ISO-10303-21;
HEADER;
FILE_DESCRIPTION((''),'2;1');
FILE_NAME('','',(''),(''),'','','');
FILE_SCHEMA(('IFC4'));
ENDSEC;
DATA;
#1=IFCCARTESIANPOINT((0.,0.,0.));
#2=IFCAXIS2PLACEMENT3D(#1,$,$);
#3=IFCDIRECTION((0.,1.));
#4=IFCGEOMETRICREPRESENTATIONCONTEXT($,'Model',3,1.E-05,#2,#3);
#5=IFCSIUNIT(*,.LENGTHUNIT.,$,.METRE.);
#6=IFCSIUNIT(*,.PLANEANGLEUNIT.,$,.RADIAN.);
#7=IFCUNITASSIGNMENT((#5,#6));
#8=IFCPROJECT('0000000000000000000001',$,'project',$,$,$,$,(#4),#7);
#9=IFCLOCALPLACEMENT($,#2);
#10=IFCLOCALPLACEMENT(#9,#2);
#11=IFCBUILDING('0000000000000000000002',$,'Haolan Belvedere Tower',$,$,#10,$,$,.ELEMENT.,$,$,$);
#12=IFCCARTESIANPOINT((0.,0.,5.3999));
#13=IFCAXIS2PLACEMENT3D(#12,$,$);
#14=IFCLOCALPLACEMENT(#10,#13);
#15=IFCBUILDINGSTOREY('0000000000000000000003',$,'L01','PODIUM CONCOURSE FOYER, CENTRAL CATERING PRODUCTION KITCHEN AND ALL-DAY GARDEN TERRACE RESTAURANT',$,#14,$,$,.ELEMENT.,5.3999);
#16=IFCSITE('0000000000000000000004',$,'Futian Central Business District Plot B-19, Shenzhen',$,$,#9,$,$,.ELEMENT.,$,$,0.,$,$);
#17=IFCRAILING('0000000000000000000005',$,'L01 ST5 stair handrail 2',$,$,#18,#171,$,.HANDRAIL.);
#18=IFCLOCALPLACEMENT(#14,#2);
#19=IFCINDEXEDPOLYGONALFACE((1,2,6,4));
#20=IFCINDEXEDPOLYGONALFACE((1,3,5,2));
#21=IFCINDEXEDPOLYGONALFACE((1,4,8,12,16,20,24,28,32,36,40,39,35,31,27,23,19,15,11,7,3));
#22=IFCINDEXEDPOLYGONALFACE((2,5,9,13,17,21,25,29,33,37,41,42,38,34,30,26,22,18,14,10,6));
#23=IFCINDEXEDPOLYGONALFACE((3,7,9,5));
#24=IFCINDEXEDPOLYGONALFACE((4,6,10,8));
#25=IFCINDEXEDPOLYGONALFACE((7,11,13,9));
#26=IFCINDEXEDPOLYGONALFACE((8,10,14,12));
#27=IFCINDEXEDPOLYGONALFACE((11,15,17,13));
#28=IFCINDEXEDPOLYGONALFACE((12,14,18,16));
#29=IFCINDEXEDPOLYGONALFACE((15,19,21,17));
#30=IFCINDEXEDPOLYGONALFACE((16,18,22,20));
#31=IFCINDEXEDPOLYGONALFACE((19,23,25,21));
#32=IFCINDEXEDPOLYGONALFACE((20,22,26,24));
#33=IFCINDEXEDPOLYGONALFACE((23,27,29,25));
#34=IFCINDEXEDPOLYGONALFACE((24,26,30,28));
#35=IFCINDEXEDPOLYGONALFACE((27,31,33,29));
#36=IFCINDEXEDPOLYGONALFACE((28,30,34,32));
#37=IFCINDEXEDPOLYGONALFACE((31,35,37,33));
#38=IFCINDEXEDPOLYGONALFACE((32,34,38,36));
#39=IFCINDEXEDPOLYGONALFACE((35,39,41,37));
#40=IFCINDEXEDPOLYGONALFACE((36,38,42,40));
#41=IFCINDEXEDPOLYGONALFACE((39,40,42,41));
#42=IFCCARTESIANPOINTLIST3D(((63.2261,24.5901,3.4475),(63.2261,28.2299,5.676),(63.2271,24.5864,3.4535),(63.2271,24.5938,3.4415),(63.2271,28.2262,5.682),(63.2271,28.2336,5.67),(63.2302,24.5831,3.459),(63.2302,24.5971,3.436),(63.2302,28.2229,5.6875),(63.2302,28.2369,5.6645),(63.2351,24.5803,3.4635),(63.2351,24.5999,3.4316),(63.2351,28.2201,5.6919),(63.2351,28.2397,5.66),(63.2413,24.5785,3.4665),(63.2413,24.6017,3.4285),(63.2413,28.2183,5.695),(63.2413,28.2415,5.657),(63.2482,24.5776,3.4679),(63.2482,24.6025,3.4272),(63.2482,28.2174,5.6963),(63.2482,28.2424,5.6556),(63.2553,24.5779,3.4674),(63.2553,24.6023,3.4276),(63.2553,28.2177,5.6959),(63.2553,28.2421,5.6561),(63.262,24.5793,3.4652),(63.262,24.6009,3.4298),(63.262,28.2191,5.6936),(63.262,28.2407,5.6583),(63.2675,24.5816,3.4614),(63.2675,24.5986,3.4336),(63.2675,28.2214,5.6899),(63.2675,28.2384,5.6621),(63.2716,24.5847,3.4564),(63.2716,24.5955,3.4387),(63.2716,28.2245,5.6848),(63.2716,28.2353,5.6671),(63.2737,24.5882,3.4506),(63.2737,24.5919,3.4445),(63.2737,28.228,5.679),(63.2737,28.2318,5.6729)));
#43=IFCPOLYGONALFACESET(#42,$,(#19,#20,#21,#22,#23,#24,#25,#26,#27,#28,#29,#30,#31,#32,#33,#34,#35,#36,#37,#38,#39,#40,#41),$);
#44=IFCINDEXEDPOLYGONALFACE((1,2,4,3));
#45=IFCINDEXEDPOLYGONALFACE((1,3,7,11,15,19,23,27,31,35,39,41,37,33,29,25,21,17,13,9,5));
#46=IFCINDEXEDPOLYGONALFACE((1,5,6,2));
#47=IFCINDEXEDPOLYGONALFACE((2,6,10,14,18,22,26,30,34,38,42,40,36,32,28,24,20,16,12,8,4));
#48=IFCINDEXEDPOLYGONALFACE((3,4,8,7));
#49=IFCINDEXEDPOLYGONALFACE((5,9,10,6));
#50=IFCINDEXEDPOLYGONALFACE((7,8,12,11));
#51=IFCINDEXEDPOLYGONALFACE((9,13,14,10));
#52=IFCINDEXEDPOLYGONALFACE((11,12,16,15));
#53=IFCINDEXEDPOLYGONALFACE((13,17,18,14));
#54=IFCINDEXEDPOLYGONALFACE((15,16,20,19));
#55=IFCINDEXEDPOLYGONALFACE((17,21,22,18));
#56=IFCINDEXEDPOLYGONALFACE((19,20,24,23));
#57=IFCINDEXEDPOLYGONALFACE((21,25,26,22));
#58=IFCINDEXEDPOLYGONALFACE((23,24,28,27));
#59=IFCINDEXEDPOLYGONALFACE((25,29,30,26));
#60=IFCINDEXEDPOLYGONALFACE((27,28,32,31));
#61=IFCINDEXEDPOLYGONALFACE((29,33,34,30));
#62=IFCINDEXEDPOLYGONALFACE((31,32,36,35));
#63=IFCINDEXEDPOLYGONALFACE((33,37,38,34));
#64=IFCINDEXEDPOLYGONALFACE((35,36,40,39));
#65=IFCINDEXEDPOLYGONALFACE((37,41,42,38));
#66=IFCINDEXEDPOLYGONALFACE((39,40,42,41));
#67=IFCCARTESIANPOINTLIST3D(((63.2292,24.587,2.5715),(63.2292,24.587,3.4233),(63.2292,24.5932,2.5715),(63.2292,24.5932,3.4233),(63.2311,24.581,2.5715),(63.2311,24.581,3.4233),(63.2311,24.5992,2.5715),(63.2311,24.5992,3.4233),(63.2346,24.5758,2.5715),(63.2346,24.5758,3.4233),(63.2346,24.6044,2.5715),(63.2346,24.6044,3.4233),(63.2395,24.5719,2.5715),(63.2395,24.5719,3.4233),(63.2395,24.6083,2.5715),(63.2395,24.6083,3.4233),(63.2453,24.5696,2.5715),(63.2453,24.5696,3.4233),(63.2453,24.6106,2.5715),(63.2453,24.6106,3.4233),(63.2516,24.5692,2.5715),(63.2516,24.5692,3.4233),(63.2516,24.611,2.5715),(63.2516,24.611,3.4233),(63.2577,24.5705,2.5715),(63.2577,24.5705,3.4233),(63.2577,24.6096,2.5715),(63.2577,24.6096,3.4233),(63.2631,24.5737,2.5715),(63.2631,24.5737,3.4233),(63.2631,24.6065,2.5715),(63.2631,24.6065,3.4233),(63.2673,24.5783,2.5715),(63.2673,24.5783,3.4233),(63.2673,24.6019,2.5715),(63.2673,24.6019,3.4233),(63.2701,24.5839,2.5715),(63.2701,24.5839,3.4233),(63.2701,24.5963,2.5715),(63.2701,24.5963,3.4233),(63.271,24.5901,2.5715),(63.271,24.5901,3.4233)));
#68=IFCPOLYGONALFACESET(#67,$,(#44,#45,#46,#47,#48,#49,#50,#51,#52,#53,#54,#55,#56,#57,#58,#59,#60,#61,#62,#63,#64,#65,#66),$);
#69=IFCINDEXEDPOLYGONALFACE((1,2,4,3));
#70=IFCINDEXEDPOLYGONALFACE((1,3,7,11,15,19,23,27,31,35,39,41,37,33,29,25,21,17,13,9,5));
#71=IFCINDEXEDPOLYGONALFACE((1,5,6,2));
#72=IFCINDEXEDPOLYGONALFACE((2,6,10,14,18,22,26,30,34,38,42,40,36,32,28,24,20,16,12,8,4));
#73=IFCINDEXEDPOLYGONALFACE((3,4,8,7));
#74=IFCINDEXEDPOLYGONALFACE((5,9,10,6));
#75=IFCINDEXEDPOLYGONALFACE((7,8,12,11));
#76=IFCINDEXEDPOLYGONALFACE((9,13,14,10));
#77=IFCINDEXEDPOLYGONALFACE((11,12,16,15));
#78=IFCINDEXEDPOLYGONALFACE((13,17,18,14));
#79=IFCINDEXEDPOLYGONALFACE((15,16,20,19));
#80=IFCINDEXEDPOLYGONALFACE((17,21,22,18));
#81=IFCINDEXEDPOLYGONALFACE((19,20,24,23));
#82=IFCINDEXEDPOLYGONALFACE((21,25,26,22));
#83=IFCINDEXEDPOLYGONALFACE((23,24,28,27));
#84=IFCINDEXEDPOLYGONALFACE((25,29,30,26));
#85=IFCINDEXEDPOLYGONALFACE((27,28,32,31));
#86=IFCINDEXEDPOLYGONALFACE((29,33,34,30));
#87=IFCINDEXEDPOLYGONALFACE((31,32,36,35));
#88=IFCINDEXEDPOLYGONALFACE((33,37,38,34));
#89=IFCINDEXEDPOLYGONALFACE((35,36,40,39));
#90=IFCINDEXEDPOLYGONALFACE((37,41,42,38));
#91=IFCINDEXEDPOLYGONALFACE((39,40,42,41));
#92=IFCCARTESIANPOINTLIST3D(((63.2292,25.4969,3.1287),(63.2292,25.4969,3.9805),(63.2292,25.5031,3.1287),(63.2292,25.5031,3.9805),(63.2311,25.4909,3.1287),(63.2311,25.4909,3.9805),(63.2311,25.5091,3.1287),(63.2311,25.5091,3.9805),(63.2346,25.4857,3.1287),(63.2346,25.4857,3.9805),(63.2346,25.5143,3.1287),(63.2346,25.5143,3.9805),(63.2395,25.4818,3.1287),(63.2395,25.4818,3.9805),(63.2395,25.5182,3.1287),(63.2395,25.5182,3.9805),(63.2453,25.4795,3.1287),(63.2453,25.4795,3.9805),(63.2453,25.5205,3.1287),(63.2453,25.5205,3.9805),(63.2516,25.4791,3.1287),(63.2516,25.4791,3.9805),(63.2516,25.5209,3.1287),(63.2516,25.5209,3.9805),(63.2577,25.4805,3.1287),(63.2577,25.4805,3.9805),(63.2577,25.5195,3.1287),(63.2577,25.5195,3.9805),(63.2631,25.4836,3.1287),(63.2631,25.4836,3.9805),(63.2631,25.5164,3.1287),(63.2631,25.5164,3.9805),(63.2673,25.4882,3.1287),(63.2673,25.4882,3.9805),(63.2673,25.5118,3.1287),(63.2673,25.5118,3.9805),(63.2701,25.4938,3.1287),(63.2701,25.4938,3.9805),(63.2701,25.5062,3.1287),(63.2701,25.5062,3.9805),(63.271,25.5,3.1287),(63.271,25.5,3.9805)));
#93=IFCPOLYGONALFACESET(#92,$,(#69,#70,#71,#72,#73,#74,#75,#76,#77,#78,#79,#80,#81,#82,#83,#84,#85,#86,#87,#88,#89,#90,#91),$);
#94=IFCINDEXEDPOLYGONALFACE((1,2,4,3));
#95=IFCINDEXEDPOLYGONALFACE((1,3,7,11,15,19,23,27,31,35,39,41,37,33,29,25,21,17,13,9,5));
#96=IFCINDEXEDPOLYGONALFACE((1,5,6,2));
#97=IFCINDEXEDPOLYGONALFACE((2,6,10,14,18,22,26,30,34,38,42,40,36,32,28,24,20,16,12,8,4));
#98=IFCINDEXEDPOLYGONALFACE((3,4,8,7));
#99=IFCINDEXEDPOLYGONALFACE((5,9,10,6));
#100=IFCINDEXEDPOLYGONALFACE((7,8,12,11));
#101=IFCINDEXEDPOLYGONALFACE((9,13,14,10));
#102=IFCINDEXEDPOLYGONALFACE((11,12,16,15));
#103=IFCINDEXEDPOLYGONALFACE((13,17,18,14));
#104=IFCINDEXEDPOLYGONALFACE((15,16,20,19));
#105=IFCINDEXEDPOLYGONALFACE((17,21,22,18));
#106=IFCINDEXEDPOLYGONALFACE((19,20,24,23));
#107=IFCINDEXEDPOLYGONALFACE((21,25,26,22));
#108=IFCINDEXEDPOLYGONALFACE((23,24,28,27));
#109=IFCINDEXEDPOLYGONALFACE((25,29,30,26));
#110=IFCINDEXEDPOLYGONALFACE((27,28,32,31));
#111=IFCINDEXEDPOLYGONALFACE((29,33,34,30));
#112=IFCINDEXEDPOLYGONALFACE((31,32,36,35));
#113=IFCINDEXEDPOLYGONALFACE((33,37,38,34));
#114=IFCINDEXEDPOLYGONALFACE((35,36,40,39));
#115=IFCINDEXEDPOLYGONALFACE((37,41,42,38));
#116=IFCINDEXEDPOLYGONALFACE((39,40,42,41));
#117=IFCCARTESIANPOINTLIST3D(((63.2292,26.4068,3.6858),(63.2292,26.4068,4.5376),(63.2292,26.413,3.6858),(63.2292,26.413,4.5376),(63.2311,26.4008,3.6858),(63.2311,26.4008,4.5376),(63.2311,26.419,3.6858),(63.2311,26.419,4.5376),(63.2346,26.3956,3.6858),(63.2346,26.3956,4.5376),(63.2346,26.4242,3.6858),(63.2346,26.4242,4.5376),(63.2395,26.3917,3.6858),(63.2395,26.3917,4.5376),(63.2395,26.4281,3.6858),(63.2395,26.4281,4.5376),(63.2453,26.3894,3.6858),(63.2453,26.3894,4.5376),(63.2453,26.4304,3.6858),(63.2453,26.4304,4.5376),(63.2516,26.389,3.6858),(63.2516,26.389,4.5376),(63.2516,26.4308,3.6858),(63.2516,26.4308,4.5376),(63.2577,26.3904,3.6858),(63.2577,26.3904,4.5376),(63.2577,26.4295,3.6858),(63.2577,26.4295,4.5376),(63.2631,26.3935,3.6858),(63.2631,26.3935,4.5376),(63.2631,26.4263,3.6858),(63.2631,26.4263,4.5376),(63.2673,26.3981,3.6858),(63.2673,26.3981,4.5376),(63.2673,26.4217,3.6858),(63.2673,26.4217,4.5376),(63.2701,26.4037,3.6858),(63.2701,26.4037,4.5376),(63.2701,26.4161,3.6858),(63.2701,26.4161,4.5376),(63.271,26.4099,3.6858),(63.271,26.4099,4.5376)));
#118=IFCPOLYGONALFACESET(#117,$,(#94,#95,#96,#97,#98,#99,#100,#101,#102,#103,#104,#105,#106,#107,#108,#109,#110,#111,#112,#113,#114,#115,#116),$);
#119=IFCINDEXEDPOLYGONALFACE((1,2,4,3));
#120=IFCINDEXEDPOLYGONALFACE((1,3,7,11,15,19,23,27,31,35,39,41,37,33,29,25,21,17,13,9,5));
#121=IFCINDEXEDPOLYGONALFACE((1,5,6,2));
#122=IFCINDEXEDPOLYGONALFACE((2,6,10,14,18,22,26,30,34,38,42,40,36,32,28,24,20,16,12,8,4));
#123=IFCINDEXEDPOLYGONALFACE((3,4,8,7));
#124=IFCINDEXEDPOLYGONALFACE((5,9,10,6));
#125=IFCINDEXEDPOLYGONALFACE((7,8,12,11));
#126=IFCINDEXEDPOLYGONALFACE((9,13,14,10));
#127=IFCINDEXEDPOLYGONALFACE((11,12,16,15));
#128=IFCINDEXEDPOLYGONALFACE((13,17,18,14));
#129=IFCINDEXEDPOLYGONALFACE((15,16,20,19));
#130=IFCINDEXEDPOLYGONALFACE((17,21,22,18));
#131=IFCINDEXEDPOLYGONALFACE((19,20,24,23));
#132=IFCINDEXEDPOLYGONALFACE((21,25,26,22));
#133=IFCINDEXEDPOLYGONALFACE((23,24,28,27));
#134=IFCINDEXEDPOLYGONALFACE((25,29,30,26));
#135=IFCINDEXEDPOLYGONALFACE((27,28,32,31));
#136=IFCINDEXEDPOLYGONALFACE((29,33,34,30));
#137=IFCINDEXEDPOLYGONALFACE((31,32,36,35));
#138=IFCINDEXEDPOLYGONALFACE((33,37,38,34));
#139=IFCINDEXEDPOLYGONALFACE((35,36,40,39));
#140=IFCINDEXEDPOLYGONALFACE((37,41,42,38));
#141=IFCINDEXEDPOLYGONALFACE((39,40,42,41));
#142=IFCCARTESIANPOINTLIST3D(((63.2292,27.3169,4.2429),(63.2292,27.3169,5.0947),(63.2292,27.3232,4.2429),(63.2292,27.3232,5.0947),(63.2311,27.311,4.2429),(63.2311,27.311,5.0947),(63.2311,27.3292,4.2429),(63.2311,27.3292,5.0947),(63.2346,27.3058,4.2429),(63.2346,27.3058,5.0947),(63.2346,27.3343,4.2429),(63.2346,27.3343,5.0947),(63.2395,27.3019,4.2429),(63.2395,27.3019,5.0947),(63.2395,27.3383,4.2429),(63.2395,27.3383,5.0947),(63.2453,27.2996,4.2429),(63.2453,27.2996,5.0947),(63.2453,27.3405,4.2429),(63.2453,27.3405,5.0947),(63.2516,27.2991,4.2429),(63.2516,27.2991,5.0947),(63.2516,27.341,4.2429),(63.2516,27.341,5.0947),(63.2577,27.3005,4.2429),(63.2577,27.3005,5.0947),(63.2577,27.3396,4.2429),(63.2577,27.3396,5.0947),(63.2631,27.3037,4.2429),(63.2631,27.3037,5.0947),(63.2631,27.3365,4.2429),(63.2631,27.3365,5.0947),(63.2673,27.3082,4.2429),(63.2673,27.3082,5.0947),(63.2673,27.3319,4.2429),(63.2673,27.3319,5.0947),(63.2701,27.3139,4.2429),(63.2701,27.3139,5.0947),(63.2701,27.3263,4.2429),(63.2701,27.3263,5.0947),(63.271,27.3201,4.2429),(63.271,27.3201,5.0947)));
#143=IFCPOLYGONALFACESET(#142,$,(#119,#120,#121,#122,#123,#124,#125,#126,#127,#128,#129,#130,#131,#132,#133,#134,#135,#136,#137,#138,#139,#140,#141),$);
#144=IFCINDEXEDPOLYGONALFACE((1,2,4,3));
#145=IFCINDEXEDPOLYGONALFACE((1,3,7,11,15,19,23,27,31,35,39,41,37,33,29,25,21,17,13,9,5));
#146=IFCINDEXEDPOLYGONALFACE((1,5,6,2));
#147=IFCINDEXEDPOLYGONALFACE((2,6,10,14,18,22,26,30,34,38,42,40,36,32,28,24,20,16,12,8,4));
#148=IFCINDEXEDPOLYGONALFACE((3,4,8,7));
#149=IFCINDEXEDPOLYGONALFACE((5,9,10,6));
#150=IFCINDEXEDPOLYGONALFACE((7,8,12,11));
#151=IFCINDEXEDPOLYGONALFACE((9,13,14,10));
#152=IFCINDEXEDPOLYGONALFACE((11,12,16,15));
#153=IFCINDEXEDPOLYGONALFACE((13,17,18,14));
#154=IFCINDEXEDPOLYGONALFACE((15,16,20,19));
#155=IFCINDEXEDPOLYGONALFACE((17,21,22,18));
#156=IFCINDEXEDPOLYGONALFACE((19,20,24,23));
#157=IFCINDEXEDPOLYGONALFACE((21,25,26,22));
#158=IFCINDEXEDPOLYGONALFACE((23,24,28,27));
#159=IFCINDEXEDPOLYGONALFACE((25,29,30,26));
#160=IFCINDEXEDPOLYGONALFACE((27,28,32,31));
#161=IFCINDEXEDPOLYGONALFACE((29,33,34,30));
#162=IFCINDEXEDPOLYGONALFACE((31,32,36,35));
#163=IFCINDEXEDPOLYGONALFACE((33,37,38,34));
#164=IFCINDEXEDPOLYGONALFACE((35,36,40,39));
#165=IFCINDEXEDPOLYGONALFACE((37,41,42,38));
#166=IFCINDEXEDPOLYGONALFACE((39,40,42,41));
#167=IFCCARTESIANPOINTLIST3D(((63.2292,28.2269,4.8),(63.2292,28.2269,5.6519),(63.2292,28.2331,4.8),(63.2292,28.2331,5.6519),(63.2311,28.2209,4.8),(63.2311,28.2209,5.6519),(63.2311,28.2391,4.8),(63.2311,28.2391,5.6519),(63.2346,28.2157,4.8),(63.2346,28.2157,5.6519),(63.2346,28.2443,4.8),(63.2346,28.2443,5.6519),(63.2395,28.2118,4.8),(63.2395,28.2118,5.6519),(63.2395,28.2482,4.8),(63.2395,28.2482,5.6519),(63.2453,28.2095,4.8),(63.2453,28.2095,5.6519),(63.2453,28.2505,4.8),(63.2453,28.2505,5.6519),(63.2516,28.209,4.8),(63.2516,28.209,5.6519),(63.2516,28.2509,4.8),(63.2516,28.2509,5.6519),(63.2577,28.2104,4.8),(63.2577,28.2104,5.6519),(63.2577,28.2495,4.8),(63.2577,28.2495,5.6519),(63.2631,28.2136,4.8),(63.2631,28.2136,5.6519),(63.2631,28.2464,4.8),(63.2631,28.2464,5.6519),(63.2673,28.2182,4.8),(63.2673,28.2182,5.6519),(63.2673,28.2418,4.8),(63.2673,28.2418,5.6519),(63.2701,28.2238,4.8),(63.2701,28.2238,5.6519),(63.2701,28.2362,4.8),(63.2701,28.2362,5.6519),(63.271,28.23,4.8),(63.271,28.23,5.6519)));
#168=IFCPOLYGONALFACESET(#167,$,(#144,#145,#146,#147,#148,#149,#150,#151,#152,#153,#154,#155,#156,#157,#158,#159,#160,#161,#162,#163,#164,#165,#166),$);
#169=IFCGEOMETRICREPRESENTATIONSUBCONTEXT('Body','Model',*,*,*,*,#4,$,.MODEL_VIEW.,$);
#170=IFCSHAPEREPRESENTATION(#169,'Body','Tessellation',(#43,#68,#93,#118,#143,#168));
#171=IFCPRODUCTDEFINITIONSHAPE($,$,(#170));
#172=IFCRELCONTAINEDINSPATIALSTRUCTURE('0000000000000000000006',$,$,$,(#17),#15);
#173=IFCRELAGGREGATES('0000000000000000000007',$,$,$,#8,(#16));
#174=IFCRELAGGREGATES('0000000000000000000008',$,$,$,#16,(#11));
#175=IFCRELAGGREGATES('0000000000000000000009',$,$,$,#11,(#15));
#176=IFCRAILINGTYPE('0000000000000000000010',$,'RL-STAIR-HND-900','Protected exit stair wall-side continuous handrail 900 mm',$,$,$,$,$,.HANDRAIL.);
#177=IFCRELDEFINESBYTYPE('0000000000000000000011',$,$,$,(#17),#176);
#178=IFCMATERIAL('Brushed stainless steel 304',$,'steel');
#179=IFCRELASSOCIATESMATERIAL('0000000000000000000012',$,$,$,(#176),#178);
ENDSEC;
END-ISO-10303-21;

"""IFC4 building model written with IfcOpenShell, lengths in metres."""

from ifc_helpers import new_model, si_unit, direction, frame, origin, origin_2d, place, context, subcontext, project, spatial, circle, extrude, material, type_object, element, save


model = new_model("IFC4")

# Units and contexts
model_context = context("Model", 3, precision=1e-05, world=origin(), true_north=direction((0.0, 1.0)))
body_context = subcontext(model_context, "Body", "Model", "MODEL_VIEW")
ifc_project = project(units=[si_unit("LENGTHUNIT", "METRE"), si_unit("PLANEANGLEUNIT", "RADIAN")], contexts=[model_context])

# Site, building, storey
site_placement = place(None, origin())
site = spatial("IfcSite", under=ifc_project, at=site_placement, Name="Futian Central Business District Plot B-19, Shenzhen", CompositionType="ELEMENT", RefElevation=0.0)
building_placement = place(site_placement, origin())
building = spatial("IfcBuilding", under=site, at=building_placement, Name="Haolan Belvedere Tower", CompositionType="ELEMENT")
storey_placement = place(building_placement, frame((0.0, 0.0, 5.3999)))
storey = spatial("IfcBuildingStorey", under=building, at=storey_placement, Name="L01", Description="PODIUM CONCOURSE FOYER, CENTRAL CATERING PRODUCTION KITCHEN AND ALL-DAY GARDEN TERRACE RESTAURANT", CompositionType="ELEMENT", Elevation=5.3999)

# Railing
ifc_material_1 = material(Name="Brushed stainless steel 304", Category="steel")
railing_type_1 = type_object("IfcRailingType", Name="RL-STAIR-HND-900", Description="Protected exit stair wall-side continuous handrail 900 mm", PredefinedType="HANDRAIL", material=ifc_material_1)
railing_1_placement = place(storey_placement, frame((63.25, 24.5901, 2.5715)))
element("IfcRailing", 1, at=railing_1_placement, inside=storey, type_object=railing_type_1, Name="L01 ST5 stair handrail 2", PredefinedType="HANDRAIL", context=body_context, shape_type="SweptSolid", body=[
    extrude(circle(Radius=0.0239, at=origin_2d()), frame((0.0, 0.0, 0.876), z_axis=(0.0, 0.85285, 0.522156), x_axis=(-1.0, 0.0, 0.0)), (0.0, 0.0, 1.0), 4.2678),
    extrude(circle(Radius=0.021, at=origin_2d()), origin(), (0.0, 0.0, 1.0), 0.8518),
    extrude(circle(Radius=0.021, at=origin_2d()), frame((0.0, 0.9099, 0.5571)), (0.0, 0.0, 1.0), 0.8518),
    extrude(circle(Radius=0.021, at=origin_2d()), frame((0.0, 1.8198, 1.1143)), (0.0, 0.0, 1.0), 0.8518),
    extrude(circle(Radius=0.021, at=origin_2d()), frame((0.0, 2.73, 1.6714)), (0.0, 0.0, 1.0), 0.8518),
    extrude(circle(Radius=0.021, at=origin_2d()), frame((0.0, 3.6399, 2.2285)), (0.0, 0.0, 1.0), 0.8518),
])

save(model, "model.ifc")
